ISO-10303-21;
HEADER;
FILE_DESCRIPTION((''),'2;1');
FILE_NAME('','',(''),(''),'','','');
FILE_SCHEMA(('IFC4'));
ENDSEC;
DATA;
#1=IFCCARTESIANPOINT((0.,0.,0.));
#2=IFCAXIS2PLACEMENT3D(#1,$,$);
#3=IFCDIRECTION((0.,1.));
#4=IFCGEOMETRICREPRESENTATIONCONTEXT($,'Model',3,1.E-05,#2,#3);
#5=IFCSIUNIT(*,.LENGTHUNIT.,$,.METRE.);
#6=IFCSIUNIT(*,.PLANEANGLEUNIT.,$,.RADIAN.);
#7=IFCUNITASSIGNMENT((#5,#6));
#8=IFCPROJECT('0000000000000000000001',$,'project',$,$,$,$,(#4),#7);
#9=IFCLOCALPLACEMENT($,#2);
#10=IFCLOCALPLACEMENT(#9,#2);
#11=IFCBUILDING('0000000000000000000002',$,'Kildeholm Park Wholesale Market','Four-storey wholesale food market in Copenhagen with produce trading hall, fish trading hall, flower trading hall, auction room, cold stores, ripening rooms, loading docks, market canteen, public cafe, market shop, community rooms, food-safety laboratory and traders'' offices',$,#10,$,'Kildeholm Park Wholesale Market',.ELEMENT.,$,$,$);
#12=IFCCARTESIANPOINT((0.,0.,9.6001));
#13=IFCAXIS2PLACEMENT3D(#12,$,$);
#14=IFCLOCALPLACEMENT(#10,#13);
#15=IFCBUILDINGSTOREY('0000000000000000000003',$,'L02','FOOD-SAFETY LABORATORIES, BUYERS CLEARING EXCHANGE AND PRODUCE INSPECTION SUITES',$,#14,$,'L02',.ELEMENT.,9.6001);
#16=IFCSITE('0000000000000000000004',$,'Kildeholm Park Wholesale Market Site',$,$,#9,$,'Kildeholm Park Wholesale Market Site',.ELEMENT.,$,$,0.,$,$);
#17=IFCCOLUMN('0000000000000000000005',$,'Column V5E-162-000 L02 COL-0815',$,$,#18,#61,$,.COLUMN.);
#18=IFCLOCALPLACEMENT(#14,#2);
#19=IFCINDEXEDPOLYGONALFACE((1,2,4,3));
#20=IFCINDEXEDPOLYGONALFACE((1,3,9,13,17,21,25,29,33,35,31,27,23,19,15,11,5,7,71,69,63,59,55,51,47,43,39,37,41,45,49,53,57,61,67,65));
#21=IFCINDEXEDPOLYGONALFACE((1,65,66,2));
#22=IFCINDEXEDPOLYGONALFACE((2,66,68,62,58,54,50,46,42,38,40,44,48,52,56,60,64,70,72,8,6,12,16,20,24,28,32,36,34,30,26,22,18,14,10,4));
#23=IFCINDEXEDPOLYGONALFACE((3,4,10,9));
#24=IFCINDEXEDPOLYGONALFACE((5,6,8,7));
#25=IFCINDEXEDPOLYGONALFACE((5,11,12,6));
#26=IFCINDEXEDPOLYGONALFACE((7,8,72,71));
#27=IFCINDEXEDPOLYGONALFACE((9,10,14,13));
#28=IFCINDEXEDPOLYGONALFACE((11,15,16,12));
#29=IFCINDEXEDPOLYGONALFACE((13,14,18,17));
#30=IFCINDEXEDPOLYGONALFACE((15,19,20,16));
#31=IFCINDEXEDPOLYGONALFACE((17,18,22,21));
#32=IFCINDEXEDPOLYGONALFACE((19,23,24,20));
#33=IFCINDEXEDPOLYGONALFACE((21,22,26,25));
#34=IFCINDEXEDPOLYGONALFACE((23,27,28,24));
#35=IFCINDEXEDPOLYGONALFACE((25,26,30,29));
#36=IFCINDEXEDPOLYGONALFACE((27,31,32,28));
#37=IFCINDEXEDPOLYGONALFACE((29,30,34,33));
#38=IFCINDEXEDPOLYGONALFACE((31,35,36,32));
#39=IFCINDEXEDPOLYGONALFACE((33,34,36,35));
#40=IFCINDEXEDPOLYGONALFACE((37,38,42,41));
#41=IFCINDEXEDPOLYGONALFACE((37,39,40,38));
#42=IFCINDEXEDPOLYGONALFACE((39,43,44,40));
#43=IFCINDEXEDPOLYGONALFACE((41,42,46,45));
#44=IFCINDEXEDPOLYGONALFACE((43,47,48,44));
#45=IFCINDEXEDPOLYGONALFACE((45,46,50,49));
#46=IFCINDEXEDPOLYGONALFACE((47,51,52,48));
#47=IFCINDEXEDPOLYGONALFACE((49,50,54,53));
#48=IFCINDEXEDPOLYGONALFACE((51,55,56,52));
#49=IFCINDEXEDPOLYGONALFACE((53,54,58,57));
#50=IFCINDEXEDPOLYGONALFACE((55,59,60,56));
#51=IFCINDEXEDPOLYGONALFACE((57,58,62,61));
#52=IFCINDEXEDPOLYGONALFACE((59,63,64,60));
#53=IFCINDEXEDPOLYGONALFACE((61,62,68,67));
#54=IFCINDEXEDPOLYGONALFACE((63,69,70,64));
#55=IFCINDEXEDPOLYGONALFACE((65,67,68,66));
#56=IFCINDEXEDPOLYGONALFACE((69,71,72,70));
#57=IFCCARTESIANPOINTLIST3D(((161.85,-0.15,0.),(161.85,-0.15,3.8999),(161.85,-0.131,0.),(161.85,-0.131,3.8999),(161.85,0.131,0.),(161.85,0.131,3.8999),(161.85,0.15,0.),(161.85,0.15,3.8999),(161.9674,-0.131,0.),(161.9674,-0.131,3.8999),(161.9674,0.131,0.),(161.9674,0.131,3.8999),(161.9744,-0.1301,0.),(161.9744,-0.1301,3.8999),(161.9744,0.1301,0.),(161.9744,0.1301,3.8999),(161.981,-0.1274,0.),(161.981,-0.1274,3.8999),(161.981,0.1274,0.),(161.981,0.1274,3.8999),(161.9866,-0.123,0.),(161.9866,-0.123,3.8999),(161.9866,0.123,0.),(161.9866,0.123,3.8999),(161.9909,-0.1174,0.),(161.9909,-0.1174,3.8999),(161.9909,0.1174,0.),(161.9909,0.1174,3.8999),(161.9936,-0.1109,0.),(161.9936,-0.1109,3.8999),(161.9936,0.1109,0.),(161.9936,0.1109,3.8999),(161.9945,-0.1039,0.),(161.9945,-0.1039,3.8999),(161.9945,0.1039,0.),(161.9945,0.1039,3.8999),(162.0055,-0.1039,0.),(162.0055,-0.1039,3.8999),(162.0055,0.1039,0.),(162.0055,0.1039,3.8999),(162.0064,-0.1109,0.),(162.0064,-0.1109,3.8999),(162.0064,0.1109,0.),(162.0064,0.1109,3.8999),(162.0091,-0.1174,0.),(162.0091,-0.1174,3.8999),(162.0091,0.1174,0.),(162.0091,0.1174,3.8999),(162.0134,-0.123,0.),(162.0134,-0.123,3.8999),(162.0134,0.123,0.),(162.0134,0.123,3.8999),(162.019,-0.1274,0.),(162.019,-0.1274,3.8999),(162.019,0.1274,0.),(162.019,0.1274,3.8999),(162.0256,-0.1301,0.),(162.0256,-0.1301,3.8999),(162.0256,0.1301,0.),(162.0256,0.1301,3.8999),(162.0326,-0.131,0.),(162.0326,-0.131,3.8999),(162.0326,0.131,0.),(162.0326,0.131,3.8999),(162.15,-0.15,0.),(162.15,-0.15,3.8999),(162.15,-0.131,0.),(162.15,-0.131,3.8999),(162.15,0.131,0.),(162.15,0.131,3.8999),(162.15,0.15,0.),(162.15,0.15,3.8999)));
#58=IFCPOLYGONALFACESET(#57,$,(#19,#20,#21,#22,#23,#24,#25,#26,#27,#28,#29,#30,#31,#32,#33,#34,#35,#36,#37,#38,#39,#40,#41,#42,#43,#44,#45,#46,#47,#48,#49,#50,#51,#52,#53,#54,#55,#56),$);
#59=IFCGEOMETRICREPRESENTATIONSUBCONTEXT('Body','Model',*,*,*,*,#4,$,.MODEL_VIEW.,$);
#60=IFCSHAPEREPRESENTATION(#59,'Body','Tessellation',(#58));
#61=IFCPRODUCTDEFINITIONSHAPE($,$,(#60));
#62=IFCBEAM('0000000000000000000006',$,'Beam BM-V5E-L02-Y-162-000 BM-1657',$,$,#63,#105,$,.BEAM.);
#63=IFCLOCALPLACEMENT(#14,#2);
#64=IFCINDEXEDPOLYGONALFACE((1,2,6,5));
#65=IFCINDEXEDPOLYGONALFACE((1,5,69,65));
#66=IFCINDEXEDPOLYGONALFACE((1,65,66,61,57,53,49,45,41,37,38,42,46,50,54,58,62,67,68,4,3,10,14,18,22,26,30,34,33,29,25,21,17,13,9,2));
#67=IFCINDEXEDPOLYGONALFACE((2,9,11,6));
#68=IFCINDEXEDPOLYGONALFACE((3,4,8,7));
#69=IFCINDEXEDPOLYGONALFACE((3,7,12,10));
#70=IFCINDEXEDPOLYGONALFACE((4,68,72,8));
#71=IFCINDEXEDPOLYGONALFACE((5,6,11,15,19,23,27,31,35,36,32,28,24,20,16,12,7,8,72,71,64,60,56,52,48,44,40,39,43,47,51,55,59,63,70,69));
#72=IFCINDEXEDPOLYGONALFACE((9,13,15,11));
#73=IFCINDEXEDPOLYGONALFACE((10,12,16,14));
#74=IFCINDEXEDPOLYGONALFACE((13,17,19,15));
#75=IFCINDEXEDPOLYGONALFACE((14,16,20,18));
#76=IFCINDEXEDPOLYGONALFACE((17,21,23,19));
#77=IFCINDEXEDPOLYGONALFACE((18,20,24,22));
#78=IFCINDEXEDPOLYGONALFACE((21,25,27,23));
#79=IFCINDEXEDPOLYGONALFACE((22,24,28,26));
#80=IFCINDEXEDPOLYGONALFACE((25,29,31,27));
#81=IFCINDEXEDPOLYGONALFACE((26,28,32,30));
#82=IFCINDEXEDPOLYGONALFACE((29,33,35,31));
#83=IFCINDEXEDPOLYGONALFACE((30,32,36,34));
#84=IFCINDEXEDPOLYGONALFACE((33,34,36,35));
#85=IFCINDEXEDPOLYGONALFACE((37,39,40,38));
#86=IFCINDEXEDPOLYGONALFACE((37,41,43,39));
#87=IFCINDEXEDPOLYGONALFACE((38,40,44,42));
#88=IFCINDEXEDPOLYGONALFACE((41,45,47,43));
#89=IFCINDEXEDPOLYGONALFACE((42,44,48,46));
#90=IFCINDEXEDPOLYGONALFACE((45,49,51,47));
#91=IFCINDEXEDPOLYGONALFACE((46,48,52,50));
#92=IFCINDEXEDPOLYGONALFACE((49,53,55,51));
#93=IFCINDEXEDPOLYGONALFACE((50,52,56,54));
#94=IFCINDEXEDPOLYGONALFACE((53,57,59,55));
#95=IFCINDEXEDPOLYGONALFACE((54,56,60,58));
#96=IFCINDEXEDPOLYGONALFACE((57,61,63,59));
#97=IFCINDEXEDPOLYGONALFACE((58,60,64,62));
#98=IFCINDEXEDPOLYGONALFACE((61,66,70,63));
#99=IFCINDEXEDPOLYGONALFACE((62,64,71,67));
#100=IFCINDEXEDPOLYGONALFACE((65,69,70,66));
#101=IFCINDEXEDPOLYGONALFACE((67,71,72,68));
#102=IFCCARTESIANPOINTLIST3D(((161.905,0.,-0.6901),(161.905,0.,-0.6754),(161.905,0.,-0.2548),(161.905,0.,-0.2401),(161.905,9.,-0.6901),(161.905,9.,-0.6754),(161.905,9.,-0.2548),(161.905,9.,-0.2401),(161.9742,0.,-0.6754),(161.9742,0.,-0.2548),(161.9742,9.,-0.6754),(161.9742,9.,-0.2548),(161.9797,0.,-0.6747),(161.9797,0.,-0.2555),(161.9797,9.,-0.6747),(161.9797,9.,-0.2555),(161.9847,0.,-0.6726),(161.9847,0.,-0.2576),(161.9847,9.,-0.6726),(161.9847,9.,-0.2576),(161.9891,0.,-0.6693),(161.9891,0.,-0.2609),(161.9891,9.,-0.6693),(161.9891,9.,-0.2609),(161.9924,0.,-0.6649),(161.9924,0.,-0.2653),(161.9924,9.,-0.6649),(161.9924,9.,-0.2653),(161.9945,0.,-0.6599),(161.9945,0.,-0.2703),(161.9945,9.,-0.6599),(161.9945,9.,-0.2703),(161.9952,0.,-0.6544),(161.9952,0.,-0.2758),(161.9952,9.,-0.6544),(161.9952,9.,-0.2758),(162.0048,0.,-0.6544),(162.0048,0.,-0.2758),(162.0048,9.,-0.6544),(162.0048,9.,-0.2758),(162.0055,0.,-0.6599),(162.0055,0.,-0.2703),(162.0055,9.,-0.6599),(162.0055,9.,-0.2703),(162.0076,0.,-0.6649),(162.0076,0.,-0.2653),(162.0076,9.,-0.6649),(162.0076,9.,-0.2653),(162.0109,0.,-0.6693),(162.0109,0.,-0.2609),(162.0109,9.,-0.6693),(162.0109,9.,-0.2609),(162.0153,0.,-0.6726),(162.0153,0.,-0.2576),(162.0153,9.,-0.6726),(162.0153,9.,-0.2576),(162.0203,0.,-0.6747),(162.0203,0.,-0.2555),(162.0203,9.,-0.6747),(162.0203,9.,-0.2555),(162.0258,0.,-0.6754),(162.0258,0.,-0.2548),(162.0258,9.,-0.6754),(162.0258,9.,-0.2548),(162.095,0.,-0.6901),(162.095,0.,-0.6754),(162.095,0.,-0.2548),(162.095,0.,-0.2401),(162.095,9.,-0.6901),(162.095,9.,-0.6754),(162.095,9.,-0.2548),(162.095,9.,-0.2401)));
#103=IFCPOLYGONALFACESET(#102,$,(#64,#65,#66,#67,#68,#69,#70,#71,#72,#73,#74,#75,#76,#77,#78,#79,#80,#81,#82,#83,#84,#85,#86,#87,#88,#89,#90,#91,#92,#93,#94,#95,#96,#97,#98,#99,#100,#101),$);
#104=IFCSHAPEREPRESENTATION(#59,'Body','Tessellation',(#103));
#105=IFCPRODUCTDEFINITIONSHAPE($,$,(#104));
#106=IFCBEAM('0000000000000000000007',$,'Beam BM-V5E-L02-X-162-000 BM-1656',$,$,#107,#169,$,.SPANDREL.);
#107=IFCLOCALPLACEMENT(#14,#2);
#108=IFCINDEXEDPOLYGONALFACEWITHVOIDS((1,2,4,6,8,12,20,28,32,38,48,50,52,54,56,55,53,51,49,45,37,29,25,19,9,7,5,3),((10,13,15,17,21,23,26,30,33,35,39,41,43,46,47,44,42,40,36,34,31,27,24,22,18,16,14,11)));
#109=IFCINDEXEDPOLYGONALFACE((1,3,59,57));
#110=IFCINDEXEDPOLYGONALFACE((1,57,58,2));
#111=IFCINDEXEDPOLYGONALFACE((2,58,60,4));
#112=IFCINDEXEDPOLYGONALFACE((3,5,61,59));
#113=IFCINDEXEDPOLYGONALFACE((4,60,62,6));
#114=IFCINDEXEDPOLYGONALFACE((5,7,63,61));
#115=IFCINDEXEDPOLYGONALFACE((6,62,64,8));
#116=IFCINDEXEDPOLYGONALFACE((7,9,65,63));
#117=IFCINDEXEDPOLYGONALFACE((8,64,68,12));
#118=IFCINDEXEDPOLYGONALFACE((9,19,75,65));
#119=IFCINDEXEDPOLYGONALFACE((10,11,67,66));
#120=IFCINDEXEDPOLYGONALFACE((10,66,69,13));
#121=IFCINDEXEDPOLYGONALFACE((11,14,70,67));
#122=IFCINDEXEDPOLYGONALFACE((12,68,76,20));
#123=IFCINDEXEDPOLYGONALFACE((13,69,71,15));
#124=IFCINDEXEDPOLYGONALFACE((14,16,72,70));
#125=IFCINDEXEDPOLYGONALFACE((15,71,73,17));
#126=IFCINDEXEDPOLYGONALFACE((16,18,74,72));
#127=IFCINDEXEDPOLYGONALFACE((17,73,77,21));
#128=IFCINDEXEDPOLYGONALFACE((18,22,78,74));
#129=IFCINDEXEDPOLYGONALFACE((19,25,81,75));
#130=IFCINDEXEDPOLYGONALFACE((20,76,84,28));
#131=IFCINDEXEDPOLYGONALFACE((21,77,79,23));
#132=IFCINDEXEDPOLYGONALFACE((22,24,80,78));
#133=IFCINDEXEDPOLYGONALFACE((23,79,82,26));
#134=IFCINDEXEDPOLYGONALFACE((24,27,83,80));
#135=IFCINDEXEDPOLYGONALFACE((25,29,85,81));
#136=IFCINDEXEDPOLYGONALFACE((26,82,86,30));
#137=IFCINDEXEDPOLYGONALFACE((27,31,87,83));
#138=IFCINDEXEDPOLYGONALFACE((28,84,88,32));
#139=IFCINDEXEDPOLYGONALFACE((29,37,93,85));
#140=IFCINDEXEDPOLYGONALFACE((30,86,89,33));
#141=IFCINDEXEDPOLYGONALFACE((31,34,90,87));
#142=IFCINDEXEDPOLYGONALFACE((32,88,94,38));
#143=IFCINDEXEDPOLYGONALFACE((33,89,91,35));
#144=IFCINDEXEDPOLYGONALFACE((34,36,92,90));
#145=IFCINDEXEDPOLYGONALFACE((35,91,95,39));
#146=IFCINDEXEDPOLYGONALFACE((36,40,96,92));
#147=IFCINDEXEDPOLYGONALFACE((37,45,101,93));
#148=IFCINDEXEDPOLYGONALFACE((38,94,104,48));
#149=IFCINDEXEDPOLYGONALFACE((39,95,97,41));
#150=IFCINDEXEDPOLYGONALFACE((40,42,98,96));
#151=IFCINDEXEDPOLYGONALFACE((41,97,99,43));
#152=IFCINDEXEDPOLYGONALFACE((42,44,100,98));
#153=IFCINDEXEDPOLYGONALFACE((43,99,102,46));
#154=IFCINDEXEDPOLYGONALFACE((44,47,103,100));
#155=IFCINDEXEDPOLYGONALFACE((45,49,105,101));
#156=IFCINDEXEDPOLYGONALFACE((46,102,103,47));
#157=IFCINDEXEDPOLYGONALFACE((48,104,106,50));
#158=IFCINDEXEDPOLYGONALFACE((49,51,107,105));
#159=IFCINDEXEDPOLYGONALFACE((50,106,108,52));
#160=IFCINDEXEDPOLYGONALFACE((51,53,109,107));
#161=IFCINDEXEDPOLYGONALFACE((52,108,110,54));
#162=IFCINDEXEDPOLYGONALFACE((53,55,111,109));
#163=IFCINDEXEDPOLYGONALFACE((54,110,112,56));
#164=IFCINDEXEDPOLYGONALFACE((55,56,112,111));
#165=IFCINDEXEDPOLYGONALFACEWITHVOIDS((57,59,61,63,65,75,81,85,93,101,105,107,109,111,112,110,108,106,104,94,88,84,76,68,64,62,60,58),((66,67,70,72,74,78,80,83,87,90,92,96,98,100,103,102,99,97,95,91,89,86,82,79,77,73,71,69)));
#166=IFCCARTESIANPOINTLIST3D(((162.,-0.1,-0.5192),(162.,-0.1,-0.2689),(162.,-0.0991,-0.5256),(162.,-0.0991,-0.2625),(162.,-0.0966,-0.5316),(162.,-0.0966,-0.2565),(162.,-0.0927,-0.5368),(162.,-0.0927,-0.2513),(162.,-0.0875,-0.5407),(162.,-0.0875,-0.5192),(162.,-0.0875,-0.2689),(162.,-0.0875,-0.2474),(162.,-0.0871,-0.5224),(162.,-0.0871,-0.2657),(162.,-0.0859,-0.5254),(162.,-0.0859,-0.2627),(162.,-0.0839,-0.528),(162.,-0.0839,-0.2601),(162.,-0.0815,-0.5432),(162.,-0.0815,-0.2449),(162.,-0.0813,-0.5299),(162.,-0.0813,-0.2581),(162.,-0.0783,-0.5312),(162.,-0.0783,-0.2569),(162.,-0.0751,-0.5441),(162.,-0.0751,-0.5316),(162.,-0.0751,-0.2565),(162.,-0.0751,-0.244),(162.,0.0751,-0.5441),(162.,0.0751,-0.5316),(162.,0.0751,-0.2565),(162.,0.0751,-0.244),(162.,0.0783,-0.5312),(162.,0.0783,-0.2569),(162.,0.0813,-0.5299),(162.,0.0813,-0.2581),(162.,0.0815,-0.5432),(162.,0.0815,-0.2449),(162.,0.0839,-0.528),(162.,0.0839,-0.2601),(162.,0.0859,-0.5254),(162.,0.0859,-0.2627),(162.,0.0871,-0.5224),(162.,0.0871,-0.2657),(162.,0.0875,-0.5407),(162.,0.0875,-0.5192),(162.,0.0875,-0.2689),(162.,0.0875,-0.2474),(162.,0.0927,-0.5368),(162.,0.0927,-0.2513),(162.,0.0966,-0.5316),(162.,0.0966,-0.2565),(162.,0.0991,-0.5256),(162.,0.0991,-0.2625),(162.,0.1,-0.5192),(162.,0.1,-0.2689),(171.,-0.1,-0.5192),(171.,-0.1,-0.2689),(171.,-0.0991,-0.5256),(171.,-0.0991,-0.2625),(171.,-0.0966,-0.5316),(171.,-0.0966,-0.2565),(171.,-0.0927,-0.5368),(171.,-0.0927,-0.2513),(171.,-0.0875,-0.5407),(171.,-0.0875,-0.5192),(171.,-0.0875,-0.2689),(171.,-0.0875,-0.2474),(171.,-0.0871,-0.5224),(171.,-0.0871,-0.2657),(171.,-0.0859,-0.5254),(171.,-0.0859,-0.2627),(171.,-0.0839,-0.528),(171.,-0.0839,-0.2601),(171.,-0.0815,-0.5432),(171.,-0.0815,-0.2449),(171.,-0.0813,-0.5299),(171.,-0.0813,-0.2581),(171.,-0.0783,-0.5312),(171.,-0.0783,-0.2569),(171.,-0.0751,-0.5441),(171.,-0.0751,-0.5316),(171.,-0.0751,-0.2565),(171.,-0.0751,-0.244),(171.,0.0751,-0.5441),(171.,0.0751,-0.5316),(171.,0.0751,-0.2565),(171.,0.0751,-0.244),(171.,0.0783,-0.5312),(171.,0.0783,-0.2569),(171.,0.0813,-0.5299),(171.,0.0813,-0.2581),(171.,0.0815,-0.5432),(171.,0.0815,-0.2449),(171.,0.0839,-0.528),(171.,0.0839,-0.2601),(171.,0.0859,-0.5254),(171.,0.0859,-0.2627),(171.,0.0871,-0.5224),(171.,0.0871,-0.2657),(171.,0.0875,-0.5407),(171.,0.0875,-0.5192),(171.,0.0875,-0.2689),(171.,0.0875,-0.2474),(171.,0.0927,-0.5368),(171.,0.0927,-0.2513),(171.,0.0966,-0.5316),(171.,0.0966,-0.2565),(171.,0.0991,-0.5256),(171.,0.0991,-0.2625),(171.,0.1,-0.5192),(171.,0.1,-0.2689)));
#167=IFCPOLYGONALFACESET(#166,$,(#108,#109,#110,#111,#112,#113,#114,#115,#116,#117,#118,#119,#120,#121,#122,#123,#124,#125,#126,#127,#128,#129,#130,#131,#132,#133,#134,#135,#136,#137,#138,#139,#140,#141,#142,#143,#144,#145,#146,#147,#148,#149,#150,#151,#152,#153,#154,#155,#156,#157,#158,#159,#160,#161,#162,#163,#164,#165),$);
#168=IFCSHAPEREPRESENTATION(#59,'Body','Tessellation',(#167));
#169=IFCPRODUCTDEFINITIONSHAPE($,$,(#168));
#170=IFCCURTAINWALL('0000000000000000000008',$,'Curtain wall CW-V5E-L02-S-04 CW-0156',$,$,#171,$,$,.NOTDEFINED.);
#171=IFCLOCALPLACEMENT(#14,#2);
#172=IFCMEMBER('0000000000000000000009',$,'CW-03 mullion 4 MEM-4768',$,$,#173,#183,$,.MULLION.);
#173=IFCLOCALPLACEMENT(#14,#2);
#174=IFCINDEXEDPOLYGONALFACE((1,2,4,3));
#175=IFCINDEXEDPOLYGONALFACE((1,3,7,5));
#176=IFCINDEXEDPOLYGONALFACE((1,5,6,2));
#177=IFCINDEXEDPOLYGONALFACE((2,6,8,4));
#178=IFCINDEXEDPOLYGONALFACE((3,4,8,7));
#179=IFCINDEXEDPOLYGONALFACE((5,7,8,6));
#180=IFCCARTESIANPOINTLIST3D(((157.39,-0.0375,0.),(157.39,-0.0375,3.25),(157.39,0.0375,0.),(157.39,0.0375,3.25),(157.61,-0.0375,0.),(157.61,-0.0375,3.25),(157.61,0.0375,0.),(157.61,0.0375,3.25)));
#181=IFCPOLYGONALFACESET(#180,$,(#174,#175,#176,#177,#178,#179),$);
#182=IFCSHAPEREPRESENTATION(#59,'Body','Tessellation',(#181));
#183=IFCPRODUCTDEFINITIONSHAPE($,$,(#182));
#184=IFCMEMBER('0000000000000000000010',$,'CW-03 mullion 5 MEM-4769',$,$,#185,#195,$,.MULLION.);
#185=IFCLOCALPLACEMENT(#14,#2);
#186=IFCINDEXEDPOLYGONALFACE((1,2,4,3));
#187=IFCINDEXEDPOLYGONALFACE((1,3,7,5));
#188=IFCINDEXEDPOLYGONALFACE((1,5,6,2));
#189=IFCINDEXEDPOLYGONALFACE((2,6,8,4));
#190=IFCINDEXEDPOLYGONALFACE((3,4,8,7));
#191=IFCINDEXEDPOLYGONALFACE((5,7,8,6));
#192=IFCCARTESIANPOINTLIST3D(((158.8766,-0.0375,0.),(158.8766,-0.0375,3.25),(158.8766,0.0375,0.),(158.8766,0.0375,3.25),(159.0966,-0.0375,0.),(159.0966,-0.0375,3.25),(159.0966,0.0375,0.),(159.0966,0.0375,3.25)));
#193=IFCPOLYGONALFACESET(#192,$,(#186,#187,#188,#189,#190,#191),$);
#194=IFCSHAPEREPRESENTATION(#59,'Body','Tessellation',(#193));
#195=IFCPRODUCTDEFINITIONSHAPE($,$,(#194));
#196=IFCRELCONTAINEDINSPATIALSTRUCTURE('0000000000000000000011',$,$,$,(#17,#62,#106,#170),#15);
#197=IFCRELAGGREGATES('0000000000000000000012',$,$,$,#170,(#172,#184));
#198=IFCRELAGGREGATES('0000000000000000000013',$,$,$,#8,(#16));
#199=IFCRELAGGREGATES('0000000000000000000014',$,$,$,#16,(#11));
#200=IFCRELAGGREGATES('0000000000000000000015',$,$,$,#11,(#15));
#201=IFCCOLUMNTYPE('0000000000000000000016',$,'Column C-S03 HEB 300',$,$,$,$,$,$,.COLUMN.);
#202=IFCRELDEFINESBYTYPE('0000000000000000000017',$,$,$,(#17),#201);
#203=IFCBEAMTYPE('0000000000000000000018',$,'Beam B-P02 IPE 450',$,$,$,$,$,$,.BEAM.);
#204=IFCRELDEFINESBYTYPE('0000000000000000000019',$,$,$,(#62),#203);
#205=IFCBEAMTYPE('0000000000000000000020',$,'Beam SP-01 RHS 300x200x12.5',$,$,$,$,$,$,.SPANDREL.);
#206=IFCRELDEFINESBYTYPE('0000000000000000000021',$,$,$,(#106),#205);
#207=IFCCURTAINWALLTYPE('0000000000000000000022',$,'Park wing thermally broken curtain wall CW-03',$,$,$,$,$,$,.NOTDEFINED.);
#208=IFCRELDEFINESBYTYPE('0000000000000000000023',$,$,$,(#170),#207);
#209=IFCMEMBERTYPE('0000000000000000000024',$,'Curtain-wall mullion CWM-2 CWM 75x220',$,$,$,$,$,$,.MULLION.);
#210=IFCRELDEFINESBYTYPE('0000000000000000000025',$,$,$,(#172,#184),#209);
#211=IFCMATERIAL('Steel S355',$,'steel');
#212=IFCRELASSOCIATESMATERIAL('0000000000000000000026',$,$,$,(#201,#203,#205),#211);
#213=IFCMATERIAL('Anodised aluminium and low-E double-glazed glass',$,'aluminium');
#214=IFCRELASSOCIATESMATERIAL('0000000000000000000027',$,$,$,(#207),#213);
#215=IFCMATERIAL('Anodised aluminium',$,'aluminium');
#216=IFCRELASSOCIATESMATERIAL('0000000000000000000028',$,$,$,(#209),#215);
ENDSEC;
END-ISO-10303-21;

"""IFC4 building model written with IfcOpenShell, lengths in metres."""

from ifc_helpers import new_model, si_unit, direction, frame, origin, origin_2d, place, context, subcontext, project, spatial, rectangle, hollow_rectangle, i_section, extrude, material, material_profile, profile_set, type_object, element, aggregate, save


model = new_model("IFC4")

# Units and contexts
model_context = context("Model", 3, precision=1e-05, world=origin(), true_north=direction((0.0, 1.0)))
body_context = subcontext(model_context, "Body", "Model", "MODEL_VIEW")
ifc_project = project(units=[si_unit("LENGTHUNIT", "METRE"), si_unit("PLANEANGLEUNIT", "RADIAN")], contexts=[model_context])

# Site, building, storey
site_placement = place(None, origin())
site = spatial("IfcSite", under=ifc_project, at=site_placement, Name="Kildeholm Park Wholesale Market Site", LongName="Kildeholm Park Wholesale Market Site", CompositionType="ELEMENT", RefElevation=0.0)
building_placement = place(site_placement, origin())
building = spatial("IfcBuilding", under=site, at=building_placement, Name="Kildeholm Park Wholesale Market", Description="Four-storey wholesale food market in Copenhagen with produce trading hall, fish trading hall, flower trading hall, auction room, cold stores, ripening rooms, loading docks, market canteen, public cafe, market shop, community rooms, food-safety laboratory and traders' offices", LongName="Kildeholm Park Wholesale Market", CompositionType="ELEMENT")
storey_placement = place(building_placement, frame((0.0, 0.0, 9.6001)))
storey = spatial("IfcBuildingStorey", under=building, at=storey_placement, Name="L02", Description="FOOD-SAFETY LABORATORIES, BUYERS CLEARING EXCHANGE AND PRODUCE INSPECTION SUITES", LongName="L02", CompositionType="ELEMENT", Elevation=9.6001)

# Column
ifc_material_1 = material(Name="Steel S355", Category="steel")
ifc_material_profile_1 = material_profile(ifc_material_1, i_section(OverallWidth=0.3, OverallDepth=0.3, WebThickness=0.011, FlangeThickness=0.019, FilletRadius=0.0271, at=origin_2d()), Name="HEB 300")
ifc_profile_set_1 = profile_set([ifc_material_profile_1], Name="Steel S355")
column_type = type_object("IfcColumnType", Name="Column C-S03 HEB 300", PredefinedType="COLUMN", material=ifc_profile_set_1)
column_placement = place(storey_placement, frame((162.0, 0.0, 0.0), z_axis=(0.0, 0.0, 1.0), x_axis=(1.0, 0.0, 0.0)))
element("IfcColumn", 1, at=column_placement, inside=storey, type_object=column_type, Name="Column V5E-162-000 L02 COL-0815", PredefinedType="COLUMN", context=body_context, shape_type="SweptSolid", body=[
    extrude(i_section(OverallWidth=0.3, OverallDepth=0.3, WebThickness=0.011, FlangeThickness=0.019, FilletRadius=0.0271, at=origin_2d()), origin(), (0.0, 0.0, 1.0), 3.8999),
])

# Beams
ifc_material_profile_2 = material_profile(ifc_material_1, i_section(OverallWidth=0.1899, OverallDepth=0.45, WebThickness=0.0095, FlangeThickness=0.0146, FilletRadius=0.021, at=origin_2d()), Name="IPE 450")
ifc_profile_set_2 = profile_set([ifc_material_profile_2], Name="Steel S355")
beam_type_1 = type_object("IfcBeamType", Name="Beam B-P02 IPE 450", PredefinedType="BEAM", material=ifc_profile_set_2)
beam_1_placement = place(storey_placement, frame((162.0, 0.0, -0.4651), z_axis=(0.0, 1.0, 0.0), x_axis=(-1.0, 0.0, 0.0)))
element("IfcBeam", 2, at=beam_1_placement, inside=storey, type_object=beam_type_1, Name="Beam BM-V5E-L02-Y-162-000 BM-1657", PredefinedType="BEAM", context=body_context, shape_type="SweptSolid", body=[
    extrude(i_section(OverallWidth=0.1899, OverallDepth=0.45, WebThickness=0.0095, FlangeThickness=0.0146, FilletRadius=0.021, at=origin_2d()), origin(), (0.0, 0.0, 1.0), 9.0),
])
ifc_material_profile_3 = material_profile(ifc_material_1, hollow_rectangle(XDim=0.2, YDim=0.3, WallThickness=0.0125, InnerFilletRadius=0.0125, OuterFilletRadius=0.0249, at=origin_2d()), Name="RHS 300x200x12.5")
ifc_profile_set_3 = profile_set([ifc_material_profile_3], Name="Steel S355")
beam_type_2 = type_object("IfcBeamType", Name="Beam SP-01 RHS 300x200x12.5", PredefinedType="SPANDREL", material=ifc_profile_set_3)
beam_2_placement = place(storey_placement, frame((162.0, 0.0, -0.394), z_axis=(1.0, 0.0, 0.0), x_axis=(0.0, 1.0, 0.0)))
element("IfcBeam", 3, at=beam_2_placement, inside=storey, type_object=beam_type_2, Name="Beam BM-V5E-L02-X-162-000 BM-1656", PredefinedType="SPANDREL", context=body_context, shape_type="SweptSolid", body=[
    extrude(hollow_rectangle(XDim=0.2, YDim=0.3, WallThickness=0.0125, InnerFilletRadius=0.0125, OuterFilletRadius=0.0249, at=origin_2d()), origin(), (0.0, 0.0, 1.0), 9.0),
])

# Curtain wall, members
ifc_material_2 = material(Name="Anodised aluminium and low-E double-glazed glass", Category="aluminium")
curtain_wall_type = type_object("IfcCurtainWallType", Name="Park wing thermally broken curtain wall CW-03", PredefinedType="NOTDEFINED", material=ifc_material_2)
curtain_wall_placement = place(storey_placement, origin())
curtain_wall = element("IfcCurtainWall", 4, at=curtain_wall_placement, inside=storey, type_object=curtain_wall_type, Name="Curtain wall CW-V5E-L02-S-04 CW-0156", PredefinedType="NOTDEFINED")
ifc_material_3 = material(Name="Anodised aluminium", Category="aluminium")
ifc_material_profile_4 = material_profile(ifc_material_3, rectangle(XDim=0.075, YDim=0.22, at=origin_2d()), Name="CWM 75x220")
ifc_profile_set_4 = profile_set([ifc_material_profile_4], Name="Anodised aluminium")
member_type_1 = type_object("IfcMemberType", Name="Curtain-wall mullion CWM-2 CWM 75x220", PredefinedType="MULLION", material=ifc_profile_set_4)
member_1_placement = place(storey_placement, frame((157.5, 0.0, 0.0), z_axis=(0.0, 0.0, 1.0), x_axis=(0.0, 1.0, 0.0)))
member_1 = element("IfcMember", 5, at=member_1_placement, type_object=member_type_1, Name="CW-03 mullion 4 MEM-4768", PredefinedType="MULLION", context=body_context, shape_type="SweptSolid", body=[
    extrude(rectangle(XDim=0.075, YDim=0.22, at=origin_2d()), origin(), (0.0, 0.0, 1.0), 3.25),
])
member_2_placement = place(storey_placement, frame((158.9866, 0.0, 0.0), z_axis=(0.0, 0.0, 1.0), x_axis=(0.0, 1.0, 0.0)))
member_2 = element("IfcMember", 6, at=member_2_placement, type_object=member_type_1, Name="CW-03 mullion 5 MEM-4769", PredefinedType="MULLION", context=body_context, shape_type="SweptSolid", body=[
    extrude(rectangle(XDim=0.075, YDim=0.22, at=origin_2d()), origin(), (0.0, 0.0, 1.0), 3.25),
])
aggregate(curtain_wall, [member_1, member_2])

save(model, "model.ifc")
